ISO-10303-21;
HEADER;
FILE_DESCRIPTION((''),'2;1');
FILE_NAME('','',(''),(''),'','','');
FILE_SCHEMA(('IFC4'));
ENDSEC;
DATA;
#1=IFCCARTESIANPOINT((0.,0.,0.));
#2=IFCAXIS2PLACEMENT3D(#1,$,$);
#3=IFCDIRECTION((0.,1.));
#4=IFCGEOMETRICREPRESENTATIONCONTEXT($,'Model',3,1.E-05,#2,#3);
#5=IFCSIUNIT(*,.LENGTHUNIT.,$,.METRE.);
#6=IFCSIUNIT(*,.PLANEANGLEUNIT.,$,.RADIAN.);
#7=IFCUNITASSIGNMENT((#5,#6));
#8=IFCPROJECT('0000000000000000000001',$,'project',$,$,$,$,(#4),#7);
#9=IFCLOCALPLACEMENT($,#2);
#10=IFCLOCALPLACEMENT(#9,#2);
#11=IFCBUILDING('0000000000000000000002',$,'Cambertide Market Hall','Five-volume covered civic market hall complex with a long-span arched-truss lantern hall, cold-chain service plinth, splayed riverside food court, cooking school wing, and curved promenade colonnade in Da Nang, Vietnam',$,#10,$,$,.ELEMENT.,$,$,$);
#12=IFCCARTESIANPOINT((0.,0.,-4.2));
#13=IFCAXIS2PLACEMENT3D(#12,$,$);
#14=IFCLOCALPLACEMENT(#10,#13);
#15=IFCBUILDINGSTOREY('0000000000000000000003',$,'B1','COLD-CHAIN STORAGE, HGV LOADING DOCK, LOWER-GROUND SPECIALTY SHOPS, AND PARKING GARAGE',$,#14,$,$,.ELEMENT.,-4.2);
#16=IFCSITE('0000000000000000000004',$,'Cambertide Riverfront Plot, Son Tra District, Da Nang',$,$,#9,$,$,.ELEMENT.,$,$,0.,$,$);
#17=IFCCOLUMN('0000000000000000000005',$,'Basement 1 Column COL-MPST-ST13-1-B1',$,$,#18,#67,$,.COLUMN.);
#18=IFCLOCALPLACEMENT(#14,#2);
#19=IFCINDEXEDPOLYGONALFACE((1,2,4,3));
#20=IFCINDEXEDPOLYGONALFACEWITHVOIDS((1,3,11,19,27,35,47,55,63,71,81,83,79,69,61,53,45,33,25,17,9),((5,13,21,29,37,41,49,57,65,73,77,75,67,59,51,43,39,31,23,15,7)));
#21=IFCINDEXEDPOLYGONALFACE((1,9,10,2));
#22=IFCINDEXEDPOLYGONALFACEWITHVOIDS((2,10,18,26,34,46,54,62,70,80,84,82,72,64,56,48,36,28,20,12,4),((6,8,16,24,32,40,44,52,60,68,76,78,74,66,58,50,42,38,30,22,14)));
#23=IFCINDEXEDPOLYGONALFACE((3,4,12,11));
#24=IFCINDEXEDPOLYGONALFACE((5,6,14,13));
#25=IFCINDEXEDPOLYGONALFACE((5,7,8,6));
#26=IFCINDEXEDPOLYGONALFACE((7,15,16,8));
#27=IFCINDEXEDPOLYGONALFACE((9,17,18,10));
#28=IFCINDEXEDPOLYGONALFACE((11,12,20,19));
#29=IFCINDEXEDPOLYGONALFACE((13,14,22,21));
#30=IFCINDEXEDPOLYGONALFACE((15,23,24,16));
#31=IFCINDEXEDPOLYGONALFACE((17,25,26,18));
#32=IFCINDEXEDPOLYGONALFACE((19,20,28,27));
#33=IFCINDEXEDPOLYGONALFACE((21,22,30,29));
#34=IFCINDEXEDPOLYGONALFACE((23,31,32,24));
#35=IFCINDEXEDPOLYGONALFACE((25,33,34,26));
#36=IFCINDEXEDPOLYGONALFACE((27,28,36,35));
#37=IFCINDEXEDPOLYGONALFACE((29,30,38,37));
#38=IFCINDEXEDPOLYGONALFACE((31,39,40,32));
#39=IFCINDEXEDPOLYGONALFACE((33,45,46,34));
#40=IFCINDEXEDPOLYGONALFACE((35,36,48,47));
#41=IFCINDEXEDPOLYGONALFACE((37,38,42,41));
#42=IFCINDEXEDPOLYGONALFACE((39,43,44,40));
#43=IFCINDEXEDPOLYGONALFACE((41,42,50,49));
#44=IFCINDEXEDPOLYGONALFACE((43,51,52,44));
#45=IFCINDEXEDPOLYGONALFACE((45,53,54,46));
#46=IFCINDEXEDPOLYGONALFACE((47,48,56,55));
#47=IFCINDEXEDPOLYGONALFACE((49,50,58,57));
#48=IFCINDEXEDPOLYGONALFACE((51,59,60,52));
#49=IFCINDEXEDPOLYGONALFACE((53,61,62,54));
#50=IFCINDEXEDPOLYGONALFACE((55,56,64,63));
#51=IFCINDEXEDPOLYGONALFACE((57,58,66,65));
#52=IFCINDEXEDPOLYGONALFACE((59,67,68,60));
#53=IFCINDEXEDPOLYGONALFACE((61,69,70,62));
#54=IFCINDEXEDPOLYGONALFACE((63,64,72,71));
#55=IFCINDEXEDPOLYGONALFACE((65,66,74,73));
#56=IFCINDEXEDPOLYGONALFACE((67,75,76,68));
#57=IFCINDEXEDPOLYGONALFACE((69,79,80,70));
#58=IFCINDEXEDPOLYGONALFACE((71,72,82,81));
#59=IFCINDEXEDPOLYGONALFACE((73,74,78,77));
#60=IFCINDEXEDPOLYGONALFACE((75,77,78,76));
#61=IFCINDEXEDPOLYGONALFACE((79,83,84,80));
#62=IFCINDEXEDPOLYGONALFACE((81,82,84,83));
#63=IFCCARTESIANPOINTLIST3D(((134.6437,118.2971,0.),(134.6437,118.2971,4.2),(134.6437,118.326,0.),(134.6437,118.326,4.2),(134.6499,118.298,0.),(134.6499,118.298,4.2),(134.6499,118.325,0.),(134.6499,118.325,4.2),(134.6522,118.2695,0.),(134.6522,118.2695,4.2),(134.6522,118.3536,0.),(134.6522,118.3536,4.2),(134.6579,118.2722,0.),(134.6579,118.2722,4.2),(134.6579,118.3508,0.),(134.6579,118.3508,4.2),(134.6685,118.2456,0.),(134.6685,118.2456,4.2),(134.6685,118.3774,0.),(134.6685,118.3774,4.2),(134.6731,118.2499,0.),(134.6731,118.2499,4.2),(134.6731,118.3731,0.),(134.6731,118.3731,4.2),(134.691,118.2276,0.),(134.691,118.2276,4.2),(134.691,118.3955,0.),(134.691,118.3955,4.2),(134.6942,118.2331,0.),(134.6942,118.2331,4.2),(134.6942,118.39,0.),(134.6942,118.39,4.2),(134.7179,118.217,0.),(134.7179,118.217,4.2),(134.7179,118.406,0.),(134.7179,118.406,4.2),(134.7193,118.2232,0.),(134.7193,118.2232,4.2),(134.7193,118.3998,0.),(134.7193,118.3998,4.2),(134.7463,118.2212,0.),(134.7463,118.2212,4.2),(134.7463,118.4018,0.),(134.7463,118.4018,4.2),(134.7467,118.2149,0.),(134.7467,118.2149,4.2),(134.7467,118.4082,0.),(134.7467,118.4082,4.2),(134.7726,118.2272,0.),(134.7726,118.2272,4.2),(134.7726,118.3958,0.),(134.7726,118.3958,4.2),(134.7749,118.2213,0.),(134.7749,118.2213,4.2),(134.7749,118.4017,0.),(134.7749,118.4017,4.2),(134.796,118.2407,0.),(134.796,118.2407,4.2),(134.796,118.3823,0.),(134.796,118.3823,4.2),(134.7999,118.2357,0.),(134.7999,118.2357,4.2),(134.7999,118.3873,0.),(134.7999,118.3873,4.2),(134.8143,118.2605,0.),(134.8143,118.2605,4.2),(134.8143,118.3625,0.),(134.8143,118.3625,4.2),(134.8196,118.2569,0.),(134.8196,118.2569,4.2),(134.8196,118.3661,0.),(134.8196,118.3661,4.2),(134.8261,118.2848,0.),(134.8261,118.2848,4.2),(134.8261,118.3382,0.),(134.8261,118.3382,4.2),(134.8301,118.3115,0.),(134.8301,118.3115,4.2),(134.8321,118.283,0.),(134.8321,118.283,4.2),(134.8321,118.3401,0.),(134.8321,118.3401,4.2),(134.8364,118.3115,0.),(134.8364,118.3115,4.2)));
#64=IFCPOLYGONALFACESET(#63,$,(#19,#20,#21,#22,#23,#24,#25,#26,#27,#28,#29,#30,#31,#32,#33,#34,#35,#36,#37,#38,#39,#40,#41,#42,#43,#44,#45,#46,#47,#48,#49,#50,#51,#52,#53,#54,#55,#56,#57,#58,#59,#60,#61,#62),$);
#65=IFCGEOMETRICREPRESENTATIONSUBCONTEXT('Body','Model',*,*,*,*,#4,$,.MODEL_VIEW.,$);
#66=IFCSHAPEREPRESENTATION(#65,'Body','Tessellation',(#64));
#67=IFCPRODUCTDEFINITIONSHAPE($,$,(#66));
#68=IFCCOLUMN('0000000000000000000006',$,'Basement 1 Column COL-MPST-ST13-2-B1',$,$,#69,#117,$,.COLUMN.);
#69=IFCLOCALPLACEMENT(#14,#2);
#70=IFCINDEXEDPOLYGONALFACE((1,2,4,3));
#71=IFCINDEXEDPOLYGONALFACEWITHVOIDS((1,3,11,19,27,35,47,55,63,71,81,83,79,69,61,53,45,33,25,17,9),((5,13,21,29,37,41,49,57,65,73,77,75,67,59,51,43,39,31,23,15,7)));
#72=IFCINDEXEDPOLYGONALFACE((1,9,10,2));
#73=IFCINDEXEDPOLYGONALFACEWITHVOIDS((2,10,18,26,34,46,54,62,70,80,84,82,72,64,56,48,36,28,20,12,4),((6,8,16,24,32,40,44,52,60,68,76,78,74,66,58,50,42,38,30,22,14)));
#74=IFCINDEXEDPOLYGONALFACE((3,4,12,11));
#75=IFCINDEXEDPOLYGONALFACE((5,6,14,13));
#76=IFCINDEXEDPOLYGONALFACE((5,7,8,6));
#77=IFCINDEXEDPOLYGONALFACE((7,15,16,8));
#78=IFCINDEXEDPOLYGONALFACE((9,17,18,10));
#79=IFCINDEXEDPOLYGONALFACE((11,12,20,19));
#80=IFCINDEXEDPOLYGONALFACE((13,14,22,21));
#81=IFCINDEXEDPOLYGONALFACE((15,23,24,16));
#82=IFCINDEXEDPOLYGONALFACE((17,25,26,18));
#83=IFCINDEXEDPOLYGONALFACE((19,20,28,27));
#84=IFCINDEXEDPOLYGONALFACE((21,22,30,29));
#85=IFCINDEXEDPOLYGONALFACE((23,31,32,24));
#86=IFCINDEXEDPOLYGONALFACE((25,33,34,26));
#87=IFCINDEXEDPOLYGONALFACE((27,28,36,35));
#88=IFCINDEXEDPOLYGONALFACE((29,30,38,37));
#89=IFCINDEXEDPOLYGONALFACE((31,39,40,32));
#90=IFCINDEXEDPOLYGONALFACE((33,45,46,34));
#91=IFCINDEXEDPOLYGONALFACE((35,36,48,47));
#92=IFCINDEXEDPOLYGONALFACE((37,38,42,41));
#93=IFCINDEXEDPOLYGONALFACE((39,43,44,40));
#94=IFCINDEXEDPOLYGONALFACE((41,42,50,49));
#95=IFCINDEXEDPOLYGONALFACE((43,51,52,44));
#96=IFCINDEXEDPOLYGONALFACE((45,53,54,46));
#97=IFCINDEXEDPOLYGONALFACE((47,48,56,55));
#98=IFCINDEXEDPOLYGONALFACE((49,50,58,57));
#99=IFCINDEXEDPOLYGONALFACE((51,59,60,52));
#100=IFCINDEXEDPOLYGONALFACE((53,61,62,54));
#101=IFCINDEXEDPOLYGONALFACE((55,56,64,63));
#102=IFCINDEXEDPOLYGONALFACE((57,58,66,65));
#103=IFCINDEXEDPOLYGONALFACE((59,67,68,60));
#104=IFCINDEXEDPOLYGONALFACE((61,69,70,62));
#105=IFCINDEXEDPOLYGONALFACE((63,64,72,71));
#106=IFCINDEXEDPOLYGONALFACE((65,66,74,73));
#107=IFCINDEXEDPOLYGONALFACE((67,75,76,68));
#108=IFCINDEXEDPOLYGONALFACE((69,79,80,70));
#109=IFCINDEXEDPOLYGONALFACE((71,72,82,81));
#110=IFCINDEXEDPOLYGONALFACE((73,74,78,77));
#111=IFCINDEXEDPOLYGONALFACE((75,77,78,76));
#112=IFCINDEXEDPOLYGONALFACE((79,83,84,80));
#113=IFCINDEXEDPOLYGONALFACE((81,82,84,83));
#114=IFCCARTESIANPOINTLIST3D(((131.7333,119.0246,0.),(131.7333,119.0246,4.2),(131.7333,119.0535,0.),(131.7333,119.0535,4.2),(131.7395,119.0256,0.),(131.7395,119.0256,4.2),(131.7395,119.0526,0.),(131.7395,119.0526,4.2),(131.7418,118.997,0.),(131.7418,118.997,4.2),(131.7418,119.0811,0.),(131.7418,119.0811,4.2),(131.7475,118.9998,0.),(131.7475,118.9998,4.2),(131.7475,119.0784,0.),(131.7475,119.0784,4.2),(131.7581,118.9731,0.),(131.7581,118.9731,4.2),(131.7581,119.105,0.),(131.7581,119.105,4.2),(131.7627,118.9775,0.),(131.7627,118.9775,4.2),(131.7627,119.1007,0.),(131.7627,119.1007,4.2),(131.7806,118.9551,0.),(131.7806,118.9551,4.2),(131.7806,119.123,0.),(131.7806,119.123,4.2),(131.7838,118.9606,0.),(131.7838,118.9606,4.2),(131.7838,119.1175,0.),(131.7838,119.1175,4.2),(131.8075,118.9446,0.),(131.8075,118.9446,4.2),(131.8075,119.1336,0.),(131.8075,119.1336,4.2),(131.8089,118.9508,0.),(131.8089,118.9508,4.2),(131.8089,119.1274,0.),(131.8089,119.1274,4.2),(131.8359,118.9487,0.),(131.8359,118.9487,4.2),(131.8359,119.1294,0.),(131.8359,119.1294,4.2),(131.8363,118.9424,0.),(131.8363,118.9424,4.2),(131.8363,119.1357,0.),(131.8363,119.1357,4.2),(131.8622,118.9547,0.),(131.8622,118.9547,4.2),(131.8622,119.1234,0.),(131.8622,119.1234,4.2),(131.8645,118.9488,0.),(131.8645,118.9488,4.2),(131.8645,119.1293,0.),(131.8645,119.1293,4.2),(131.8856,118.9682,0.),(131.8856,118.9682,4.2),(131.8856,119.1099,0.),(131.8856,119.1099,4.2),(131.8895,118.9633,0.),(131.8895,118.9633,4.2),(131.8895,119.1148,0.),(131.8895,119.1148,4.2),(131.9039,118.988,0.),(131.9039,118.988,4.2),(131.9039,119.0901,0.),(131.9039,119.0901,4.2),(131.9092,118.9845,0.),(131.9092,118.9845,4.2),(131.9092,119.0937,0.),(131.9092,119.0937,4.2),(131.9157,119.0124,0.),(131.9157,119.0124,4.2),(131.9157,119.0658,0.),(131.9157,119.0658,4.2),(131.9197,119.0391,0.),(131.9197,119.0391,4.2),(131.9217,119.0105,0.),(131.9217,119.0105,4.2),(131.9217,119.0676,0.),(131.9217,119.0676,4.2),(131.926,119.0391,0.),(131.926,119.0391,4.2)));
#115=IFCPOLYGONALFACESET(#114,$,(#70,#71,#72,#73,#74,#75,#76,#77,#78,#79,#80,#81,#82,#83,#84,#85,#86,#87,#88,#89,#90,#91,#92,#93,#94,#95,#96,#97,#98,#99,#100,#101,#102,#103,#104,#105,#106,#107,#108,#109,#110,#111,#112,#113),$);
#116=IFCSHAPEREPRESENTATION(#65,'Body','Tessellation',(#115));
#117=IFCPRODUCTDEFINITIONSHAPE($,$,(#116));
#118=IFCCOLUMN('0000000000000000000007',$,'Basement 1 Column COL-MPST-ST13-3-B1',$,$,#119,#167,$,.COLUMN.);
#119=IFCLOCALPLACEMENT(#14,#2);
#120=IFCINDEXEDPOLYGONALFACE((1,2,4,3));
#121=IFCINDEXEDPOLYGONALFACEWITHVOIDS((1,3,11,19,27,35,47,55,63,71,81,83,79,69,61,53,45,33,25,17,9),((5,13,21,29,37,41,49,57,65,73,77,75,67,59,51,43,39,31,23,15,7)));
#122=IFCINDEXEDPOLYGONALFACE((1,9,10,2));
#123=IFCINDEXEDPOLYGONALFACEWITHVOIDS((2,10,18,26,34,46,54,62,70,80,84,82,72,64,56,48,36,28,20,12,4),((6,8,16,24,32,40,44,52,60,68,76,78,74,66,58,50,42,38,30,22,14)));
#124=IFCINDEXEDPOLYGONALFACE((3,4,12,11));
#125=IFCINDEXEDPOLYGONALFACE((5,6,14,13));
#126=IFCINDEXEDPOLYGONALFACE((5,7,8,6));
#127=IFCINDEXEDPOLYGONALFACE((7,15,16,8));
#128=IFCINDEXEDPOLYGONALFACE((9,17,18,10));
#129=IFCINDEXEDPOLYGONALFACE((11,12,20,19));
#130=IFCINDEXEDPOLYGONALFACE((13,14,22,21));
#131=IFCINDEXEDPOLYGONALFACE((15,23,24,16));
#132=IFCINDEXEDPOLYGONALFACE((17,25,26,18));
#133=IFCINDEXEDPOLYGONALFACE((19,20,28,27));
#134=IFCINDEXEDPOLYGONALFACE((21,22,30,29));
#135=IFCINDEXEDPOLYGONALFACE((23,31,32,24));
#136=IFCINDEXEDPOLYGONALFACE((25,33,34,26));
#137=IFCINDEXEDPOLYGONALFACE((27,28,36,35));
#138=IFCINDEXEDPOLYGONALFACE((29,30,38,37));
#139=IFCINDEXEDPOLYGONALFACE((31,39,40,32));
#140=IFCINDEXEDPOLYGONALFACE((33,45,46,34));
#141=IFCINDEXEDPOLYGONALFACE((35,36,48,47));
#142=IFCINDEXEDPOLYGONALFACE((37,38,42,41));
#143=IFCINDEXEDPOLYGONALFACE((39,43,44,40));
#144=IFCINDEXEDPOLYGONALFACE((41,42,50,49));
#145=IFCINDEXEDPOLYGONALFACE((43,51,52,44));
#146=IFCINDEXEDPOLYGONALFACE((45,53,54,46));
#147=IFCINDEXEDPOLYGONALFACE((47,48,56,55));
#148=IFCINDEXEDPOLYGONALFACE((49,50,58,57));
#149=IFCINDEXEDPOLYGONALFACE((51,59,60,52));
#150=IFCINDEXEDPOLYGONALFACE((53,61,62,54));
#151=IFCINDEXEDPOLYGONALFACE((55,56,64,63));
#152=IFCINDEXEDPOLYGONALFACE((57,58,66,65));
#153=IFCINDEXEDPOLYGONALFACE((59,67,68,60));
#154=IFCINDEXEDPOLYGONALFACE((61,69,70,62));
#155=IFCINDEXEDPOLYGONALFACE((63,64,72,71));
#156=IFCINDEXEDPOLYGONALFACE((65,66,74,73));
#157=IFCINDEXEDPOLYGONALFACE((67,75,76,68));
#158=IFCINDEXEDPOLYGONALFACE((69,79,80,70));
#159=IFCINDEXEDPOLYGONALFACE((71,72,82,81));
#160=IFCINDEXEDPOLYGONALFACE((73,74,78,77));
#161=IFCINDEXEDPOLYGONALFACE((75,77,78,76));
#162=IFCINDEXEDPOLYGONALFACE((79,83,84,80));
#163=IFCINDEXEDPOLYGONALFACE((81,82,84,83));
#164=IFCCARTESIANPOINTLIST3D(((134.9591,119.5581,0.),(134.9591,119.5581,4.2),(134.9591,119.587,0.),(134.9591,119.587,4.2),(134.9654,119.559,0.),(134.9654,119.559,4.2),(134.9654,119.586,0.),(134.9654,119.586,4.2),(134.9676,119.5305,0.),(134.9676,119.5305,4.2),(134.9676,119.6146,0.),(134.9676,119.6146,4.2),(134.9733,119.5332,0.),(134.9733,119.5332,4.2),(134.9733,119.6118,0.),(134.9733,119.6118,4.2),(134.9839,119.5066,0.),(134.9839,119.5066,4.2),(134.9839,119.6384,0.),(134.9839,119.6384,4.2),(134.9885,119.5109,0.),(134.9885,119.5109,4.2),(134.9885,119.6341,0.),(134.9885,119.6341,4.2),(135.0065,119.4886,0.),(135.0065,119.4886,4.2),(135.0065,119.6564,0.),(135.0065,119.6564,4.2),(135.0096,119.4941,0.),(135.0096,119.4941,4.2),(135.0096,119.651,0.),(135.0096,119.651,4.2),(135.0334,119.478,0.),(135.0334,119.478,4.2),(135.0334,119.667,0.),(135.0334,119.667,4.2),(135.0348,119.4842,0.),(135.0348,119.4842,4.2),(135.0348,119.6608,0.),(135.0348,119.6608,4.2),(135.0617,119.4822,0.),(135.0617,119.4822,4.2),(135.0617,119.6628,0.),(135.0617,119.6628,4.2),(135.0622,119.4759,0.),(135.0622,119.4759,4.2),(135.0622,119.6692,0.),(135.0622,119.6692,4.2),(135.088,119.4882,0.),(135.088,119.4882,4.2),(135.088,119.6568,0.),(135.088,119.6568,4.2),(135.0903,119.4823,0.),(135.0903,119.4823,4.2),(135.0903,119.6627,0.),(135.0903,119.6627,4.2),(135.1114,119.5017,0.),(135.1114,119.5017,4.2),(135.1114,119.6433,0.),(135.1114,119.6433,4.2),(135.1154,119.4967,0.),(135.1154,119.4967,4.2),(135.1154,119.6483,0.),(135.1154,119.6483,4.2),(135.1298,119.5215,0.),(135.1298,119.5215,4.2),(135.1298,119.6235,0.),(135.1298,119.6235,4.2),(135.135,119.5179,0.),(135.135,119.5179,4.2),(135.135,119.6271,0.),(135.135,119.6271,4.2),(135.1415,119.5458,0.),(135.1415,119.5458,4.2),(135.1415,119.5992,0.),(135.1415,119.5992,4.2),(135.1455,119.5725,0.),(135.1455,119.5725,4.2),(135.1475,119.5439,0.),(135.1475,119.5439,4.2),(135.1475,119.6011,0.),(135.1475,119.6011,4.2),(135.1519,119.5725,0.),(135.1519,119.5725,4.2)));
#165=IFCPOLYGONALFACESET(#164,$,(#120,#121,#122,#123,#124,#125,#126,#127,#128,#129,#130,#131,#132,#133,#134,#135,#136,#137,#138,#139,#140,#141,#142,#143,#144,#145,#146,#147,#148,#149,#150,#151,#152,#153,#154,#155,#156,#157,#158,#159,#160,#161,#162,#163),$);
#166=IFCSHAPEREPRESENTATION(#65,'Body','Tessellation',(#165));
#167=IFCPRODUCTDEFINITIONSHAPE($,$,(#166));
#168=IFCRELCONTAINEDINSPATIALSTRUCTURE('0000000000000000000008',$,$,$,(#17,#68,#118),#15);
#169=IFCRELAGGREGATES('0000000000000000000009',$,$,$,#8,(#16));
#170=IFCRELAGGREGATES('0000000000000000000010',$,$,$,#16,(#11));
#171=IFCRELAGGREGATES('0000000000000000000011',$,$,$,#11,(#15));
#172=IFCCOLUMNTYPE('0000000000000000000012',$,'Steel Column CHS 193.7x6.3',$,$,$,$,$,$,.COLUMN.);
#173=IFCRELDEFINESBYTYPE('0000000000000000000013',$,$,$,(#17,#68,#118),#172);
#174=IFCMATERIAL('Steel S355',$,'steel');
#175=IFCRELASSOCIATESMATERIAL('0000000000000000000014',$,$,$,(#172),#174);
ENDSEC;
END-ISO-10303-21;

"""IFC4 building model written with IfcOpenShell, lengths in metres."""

from ifc_helpers import new_model, si_unit, direction, frame, origin, origin_2d, place, context, subcontext, project, spatial, hollow_circle, extrude, material, material_profile, profile_set, type_object, element, save


model = new_model("IFC4")

# Units and contexts
model_context = context("Model", 3, precision=1e-05, world=origin(), true_north=direction((0.0, 1.0)))
body_context = subcontext(model_context, "Body", "Model", "MODEL_VIEW")
ifc_project = project(units=[si_unit("LENGTHUNIT", "METRE"), si_unit("PLANEANGLEUNIT", "RADIAN")], contexts=[model_context])

# Site, building, storey
site_placement = place(None, origin())
site = spatial("IfcSite", under=ifc_project, at=site_placement, Name="Cambertide Riverfront Plot, Son Tra District, Da Nang", CompositionType="ELEMENT", RefElevation=0.0)
building_placement = place(site_placement, origin())
building = spatial("IfcBuilding", under=site, at=building_placement, Name="Cambertide Market Hall", Description="Five-volume covered civic market hall complex with a long-span arched-truss lantern hall, cold-chain service plinth, splayed riverside food court, cooking school wing, and curved promenade colonnade in Da Nang, Vietnam", CompositionType="ELEMENT")
storey_placement = place(building_placement, frame((0.0, 0.0, -4.2)))
storey = spatial("IfcBuildingStorey", under=building, at=storey_placement, Name="B1", Description="COLD-CHAIN STORAGE, HGV LOADING DOCK, LOWER-GROUND SPECIALTY SHOPS, AND PARKING GARAGE", CompositionType="ELEMENT", Elevation=-4.2)

# Columns
ifc_material_1 = material(Name="Steel S355", Category="steel")
ifc_material_profile_1 = material_profile(ifc_material_1, hollow_circle(Radius=0.0969, WallThickness=0.0063, at=origin_2d()), Name="CHS 193.7x6.3")
ifc_profile_set_1 = profile_set([ifc_material_profile_1], Name="Steel S355")
column_type_1 = type_object("IfcColumnType", Name="Steel Column CHS 193.7x6.3", PredefinedType="COLUMN", material=ifc_profile_set_1)
for number, where, z_axis, x_axis, name in (
    (1, (134.7395, 118.3115, 0.0), (0.0, 0.0, 1.0), (1.0, 0.0, 0.0), "Basement 1 Column COL-MPST-ST13-1-B1"),
    (2, (131.8291, 119.0391, 0.0), (0.0, 0.0, 1.0), (1.0, 0.0, 0.0), "Basement 1 Column COL-MPST-ST13-2-B1"),
    (3, (135.0549, 119.5725, 0.0), (0.0, 0.0, 1.0), (1.0, 0.0, 0.0), "Basement 1 Column COL-MPST-ST13-3-B1"),
):
    element("IfcColumn", number, at=place(storey_placement, frame(where, z_axis=z_axis, x_axis=x_axis)), inside=storey, type_object=column_type_1, Name=name, PredefinedType="COLUMN", context=body_context, shape_type="SweptSolid", body=[
        extrude(hollow_circle(Radius=0.0969, WallThickness=0.0063, at=origin_2d()), origin(), (0.0, 0.0, 1.0), 4.2),
    ])

save(model, "model.ifc")
